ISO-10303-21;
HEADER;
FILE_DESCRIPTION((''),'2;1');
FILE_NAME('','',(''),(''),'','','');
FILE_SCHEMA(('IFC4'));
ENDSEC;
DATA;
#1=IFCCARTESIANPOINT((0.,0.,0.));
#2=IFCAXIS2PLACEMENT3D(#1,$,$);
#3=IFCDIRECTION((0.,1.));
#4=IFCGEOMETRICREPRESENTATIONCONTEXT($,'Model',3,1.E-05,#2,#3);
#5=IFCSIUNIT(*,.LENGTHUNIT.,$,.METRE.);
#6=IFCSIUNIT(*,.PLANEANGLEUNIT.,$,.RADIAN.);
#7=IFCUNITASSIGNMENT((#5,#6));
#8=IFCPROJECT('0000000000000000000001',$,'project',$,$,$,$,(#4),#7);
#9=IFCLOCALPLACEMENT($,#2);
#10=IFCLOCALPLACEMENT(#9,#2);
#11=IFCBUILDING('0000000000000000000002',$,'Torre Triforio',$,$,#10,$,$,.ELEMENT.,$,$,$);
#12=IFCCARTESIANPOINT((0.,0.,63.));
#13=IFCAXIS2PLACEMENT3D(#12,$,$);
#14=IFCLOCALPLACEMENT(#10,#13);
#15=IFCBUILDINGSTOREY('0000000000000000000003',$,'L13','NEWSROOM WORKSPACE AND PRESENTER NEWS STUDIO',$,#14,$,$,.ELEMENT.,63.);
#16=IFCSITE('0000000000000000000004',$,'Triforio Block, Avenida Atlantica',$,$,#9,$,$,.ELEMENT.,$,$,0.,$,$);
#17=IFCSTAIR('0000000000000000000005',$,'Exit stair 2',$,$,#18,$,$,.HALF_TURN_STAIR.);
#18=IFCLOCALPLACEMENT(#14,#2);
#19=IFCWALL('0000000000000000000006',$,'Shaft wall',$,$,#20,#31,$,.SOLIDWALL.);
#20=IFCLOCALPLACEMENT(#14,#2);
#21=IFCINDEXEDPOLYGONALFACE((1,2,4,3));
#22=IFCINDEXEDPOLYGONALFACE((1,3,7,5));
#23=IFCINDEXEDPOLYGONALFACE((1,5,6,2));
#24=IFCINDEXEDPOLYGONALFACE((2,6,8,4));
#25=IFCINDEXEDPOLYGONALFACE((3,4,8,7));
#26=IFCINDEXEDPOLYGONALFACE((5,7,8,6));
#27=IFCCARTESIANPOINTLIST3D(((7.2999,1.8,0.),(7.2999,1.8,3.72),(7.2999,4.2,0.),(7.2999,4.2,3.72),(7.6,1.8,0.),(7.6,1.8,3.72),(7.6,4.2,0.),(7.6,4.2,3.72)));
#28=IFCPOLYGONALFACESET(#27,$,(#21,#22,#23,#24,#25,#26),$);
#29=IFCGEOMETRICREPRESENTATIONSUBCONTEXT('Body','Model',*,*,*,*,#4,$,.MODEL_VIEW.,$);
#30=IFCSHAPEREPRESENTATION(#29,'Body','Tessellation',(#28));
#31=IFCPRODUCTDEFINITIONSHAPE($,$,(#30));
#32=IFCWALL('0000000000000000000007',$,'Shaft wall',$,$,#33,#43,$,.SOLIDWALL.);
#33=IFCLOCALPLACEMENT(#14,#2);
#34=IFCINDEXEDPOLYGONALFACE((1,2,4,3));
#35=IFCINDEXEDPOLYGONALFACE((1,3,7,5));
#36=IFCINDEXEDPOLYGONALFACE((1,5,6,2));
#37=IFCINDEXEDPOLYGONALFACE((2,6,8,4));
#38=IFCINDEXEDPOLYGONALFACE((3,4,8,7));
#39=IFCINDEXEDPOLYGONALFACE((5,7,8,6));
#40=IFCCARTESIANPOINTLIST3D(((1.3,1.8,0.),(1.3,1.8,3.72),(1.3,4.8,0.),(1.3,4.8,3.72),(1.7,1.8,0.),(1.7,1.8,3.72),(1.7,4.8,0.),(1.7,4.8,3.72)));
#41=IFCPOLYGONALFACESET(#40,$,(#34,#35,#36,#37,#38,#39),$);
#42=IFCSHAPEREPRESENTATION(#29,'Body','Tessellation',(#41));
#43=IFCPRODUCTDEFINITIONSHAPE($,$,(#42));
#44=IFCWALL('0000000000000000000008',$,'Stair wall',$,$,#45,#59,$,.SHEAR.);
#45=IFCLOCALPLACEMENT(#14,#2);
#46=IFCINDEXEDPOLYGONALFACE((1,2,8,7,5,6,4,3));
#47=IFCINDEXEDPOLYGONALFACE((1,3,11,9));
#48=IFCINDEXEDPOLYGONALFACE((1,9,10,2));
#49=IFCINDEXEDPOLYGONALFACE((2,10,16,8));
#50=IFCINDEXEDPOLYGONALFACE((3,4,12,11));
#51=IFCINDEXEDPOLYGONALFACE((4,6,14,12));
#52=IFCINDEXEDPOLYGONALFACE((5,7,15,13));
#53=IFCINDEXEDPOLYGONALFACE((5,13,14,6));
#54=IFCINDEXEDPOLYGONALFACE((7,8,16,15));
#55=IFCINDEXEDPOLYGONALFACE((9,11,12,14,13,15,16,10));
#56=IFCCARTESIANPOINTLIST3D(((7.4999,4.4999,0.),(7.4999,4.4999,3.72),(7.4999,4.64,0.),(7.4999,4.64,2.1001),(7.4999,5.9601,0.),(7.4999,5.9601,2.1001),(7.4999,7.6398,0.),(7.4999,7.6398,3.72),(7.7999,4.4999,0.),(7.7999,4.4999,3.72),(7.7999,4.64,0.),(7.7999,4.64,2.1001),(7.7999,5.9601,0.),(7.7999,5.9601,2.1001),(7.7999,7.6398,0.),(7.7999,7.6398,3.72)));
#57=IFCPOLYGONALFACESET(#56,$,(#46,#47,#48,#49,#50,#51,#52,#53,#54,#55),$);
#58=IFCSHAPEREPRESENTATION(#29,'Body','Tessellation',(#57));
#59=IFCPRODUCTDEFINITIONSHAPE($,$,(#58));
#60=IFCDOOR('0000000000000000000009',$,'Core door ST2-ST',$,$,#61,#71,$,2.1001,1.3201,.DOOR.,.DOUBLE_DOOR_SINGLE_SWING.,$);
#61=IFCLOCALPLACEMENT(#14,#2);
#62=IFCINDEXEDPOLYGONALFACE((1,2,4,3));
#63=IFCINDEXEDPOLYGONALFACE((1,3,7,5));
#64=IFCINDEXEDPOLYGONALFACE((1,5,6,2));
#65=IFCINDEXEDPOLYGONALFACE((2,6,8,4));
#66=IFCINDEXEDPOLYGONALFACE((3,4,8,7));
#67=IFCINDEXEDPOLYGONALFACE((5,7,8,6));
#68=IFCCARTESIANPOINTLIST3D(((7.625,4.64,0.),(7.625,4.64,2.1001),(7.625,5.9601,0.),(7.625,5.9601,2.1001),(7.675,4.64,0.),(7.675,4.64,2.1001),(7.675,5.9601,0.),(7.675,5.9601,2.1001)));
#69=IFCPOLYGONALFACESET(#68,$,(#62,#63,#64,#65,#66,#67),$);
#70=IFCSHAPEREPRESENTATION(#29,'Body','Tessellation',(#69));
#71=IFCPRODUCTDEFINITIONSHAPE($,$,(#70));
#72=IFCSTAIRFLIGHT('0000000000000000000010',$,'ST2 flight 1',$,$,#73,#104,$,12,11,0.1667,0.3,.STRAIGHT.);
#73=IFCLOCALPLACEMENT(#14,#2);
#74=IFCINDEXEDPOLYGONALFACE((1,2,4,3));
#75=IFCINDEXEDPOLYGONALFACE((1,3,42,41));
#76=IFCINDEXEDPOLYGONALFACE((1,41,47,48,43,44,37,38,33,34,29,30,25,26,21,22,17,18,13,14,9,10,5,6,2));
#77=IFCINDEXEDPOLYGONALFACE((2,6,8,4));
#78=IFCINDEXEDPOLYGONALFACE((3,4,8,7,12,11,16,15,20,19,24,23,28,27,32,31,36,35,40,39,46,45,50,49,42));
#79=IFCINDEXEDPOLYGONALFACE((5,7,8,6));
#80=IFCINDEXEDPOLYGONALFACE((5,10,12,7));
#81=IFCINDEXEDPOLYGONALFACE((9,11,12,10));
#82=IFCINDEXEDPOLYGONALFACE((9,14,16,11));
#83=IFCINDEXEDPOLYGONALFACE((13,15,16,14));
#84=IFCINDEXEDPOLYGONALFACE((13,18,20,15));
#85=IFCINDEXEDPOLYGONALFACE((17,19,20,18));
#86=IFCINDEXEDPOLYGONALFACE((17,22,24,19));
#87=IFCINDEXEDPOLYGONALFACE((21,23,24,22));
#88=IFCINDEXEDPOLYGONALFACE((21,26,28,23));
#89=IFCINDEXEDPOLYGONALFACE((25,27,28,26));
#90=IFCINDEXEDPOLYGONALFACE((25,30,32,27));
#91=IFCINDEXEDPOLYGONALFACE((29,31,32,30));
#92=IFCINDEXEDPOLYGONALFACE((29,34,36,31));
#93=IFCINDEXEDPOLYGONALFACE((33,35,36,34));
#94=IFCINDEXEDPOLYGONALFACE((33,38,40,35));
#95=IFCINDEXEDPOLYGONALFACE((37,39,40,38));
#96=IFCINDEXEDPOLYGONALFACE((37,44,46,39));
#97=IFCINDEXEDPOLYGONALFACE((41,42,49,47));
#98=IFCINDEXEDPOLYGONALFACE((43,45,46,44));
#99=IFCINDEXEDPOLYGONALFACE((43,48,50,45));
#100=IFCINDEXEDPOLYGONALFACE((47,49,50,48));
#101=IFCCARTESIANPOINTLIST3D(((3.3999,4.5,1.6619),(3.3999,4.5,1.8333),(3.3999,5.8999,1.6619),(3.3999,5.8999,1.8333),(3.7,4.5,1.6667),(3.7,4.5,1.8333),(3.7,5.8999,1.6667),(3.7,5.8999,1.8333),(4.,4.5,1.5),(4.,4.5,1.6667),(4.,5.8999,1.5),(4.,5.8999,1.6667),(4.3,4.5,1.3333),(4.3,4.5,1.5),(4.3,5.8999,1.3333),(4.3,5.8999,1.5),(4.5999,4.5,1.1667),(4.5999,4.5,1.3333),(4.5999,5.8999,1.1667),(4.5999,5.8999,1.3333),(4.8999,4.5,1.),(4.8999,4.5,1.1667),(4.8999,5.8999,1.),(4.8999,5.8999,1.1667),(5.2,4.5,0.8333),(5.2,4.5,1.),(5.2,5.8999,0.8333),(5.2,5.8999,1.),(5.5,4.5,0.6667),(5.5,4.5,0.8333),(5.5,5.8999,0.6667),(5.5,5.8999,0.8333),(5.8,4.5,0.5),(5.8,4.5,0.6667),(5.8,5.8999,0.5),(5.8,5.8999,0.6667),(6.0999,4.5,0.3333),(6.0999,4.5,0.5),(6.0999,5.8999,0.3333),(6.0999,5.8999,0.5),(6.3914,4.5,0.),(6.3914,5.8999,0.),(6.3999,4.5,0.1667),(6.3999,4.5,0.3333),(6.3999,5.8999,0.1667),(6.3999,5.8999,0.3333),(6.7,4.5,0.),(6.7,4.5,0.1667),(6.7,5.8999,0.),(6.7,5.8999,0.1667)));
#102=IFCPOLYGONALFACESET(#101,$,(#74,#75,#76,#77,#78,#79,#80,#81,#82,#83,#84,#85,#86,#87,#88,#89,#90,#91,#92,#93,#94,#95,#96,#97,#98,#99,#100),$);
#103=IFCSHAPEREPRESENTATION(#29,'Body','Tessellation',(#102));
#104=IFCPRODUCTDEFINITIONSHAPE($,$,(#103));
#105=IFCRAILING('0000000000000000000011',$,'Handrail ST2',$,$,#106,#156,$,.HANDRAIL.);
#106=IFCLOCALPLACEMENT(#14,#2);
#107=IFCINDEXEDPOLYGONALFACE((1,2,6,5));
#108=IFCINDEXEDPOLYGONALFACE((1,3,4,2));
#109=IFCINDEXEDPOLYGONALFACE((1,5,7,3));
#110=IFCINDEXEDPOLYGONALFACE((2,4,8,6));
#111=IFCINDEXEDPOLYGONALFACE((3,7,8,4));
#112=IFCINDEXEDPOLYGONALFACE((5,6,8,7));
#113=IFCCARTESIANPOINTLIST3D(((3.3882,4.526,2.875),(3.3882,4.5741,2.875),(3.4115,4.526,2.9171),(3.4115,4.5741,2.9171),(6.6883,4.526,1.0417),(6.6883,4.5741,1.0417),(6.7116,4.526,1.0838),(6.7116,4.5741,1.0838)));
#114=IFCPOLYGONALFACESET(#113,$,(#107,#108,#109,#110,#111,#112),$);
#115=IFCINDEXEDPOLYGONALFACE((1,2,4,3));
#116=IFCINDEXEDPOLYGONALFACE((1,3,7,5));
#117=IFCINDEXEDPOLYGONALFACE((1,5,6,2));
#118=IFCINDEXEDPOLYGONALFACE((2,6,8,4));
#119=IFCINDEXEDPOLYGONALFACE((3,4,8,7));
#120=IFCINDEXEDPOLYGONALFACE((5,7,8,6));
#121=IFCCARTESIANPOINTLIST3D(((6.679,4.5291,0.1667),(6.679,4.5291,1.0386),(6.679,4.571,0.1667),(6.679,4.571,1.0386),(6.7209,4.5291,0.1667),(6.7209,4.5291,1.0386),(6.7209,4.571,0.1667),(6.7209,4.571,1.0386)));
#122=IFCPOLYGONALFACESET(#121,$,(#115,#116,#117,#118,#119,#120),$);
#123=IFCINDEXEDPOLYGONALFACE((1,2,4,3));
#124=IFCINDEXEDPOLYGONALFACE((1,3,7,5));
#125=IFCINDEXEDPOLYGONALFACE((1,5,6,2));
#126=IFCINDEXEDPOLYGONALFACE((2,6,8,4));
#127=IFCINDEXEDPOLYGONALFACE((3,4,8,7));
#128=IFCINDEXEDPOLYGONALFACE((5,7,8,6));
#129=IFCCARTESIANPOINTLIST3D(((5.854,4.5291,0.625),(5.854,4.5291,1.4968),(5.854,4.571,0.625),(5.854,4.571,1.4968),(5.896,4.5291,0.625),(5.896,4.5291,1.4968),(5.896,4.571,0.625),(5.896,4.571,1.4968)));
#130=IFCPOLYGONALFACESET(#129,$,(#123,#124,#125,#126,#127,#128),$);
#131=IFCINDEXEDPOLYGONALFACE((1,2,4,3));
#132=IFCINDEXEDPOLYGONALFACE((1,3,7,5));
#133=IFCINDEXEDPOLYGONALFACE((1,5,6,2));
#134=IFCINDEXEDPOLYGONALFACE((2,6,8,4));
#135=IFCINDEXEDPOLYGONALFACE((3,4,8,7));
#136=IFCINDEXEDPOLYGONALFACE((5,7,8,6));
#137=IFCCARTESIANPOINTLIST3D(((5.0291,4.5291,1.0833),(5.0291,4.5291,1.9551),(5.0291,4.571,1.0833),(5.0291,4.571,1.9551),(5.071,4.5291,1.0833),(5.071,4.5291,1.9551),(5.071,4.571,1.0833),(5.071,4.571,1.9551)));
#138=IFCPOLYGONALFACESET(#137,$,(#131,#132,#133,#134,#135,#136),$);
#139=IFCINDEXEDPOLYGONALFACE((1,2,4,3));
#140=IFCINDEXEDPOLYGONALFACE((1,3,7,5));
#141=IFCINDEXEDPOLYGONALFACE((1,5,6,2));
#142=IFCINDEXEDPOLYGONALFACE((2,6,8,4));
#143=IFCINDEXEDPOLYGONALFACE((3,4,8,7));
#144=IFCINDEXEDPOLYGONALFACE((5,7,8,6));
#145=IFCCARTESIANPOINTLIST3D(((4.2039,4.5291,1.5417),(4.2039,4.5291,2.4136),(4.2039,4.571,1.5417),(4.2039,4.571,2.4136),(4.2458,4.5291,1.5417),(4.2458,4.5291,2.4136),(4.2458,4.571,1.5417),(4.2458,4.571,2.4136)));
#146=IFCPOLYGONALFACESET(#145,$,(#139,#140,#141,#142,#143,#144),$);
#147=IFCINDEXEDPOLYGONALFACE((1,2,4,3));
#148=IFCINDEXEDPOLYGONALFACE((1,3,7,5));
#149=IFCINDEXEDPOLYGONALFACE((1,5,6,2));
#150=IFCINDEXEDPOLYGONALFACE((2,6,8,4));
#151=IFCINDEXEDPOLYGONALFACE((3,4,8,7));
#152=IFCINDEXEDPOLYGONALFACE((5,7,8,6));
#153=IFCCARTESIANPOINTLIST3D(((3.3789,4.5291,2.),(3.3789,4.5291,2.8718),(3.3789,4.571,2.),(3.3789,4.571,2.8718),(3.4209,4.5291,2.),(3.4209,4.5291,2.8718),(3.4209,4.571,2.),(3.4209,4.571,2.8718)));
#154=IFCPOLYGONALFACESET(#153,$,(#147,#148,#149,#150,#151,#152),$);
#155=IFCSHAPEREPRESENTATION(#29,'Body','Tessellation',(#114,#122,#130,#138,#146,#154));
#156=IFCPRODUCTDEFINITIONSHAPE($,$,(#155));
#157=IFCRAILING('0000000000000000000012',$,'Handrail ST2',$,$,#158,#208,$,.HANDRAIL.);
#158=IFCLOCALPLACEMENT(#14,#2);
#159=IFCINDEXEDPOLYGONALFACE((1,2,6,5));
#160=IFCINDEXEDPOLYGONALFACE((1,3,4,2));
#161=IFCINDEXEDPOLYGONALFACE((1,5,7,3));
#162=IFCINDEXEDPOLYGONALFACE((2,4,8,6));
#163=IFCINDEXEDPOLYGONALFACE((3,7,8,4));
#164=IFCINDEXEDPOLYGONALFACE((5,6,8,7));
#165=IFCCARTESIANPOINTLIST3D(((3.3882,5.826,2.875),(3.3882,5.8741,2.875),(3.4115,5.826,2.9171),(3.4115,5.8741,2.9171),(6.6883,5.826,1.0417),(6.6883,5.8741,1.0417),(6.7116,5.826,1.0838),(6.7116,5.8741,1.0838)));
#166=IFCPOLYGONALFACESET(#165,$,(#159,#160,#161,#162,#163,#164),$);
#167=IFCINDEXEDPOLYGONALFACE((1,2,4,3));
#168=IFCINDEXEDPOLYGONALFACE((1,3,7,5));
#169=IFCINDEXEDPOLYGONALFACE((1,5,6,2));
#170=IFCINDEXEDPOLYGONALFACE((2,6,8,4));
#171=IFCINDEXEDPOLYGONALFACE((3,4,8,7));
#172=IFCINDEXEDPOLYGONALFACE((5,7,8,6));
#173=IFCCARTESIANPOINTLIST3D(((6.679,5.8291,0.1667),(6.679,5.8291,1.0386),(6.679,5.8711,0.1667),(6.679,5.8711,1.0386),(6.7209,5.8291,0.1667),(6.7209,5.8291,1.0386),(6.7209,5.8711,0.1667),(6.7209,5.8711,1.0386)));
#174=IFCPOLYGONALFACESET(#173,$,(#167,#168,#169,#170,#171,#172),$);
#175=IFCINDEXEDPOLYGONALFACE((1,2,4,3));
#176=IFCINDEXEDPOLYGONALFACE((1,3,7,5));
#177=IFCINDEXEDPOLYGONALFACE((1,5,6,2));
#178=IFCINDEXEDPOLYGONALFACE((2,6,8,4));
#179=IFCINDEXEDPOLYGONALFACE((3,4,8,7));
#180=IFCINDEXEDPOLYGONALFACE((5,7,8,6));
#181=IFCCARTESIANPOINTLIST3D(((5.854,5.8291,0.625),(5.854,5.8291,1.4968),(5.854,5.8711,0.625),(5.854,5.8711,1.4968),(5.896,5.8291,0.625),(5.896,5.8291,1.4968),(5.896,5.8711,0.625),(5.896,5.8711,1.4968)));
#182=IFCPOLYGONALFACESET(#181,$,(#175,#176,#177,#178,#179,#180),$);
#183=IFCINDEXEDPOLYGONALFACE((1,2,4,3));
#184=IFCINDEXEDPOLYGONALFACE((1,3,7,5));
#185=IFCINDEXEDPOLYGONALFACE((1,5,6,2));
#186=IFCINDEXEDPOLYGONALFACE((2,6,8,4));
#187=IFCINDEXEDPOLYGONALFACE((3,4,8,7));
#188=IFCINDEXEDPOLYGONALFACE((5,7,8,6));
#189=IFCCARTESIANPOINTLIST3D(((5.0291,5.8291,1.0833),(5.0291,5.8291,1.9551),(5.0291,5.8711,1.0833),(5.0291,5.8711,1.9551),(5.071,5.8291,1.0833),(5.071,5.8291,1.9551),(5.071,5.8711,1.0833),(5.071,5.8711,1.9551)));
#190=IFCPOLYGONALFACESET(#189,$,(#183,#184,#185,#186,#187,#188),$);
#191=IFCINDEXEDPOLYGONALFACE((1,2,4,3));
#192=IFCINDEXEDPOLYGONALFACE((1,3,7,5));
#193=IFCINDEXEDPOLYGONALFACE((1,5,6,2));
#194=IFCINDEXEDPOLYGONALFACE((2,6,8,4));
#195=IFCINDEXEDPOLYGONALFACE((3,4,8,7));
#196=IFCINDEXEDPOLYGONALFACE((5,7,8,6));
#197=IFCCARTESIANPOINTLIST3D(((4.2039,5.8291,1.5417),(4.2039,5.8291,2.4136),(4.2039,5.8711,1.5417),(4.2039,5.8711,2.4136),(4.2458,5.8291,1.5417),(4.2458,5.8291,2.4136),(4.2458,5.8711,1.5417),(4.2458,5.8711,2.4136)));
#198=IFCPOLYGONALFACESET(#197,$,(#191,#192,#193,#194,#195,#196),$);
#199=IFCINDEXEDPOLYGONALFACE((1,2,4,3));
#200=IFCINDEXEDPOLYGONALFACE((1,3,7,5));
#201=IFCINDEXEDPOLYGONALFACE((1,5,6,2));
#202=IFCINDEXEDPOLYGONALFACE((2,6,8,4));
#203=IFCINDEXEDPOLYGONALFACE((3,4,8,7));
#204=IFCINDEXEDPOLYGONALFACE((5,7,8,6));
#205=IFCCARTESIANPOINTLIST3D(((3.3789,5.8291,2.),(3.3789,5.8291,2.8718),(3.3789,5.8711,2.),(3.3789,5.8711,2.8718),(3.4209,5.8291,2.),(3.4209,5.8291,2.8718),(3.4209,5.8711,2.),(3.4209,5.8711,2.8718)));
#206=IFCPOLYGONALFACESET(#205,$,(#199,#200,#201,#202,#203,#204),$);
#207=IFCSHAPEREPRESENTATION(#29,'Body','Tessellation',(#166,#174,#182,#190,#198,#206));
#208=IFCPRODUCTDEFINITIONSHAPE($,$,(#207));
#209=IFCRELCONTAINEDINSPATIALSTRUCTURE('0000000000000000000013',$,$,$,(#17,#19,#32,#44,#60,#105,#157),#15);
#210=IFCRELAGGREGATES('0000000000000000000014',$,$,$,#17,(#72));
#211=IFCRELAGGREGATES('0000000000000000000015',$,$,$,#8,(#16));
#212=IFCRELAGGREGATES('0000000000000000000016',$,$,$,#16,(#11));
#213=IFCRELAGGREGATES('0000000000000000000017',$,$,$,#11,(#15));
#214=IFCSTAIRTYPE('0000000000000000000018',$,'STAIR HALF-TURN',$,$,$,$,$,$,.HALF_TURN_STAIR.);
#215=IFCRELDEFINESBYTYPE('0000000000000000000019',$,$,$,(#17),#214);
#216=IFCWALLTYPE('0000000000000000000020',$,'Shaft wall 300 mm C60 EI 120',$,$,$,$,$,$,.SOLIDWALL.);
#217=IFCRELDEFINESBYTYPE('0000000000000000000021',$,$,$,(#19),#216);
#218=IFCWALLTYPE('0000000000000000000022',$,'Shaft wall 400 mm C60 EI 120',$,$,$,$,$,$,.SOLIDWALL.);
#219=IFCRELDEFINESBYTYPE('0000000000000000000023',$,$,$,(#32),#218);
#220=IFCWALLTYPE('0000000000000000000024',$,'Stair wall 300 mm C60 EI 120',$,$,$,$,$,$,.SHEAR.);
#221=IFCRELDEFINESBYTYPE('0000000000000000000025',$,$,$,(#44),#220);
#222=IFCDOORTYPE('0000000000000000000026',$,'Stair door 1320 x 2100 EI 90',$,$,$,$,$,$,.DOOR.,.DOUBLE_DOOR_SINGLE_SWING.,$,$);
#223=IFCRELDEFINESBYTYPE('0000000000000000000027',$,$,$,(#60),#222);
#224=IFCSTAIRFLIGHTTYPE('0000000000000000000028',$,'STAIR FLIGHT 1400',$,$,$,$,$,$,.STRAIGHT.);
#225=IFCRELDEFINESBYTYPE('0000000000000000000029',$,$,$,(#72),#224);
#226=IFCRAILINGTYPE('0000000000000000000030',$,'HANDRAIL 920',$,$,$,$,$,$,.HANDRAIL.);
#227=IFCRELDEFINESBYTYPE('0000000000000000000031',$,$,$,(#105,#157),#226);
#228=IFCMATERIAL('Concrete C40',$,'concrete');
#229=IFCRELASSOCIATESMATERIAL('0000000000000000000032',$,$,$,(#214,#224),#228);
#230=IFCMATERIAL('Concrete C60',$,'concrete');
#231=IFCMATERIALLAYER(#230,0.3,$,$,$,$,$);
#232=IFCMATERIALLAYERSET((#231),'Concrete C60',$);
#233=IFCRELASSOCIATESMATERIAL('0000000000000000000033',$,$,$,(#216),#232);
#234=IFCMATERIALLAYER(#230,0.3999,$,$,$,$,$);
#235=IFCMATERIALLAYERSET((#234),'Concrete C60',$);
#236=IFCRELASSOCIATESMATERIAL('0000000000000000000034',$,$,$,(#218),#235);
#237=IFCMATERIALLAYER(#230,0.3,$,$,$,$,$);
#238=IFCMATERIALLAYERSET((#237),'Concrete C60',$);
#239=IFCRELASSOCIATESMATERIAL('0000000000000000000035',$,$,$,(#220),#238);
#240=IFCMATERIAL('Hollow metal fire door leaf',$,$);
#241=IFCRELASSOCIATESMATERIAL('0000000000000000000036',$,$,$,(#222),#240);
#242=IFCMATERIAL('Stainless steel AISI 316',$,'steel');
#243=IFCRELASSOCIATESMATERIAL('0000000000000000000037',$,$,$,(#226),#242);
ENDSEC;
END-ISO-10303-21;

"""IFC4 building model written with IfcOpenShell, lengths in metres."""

from ifc_helpers import new_model, si_unit, direction, frame, frame_2d, origin, origin_2d, place, context, subcontext, project, spatial, polyline, rectangle, outline, extrude, material, layer, layer_set, type_object, element, fill, aggregate, save


model = new_model("IFC4")

# Units and contexts
model_context = context("Model", 3, precision=1e-05, world=origin(), true_north=direction((0.0, 1.0)))
body_context = subcontext(model_context, "Body", "Model", "MODEL_VIEW")
ifc_project = project(units=[si_unit("LENGTHUNIT", "METRE"), si_unit("PLANEANGLEUNIT", "RADIAN")], contexts=[model_context])

# Site, building, storey
site_placement = place(None, origin())
site = spatial("IfcSite", under=ifc_project, at=site_placement, Name="Triforio Block, Avenida Atlantica", CompositionType="ELEMENT", RefElevation=0.0)
building_placement = place(site_placement, origin())
building = spatial("IfcBuilding", under=site, at=building_placement, Name="Torre Triforio", CompositionType="ELEMENT")
storey_placement = place(building_placement, frame((0.0, 0.0, 63.0)))
storey = spatial("IfcBuildingStorey", under=building, at=storey_placement, Name="L13", Description="NEWSROOM WORKSPACE AND PRESENTER NEWS STUDIO", CompositionType="ELEMENT", Elevation=63.0)

# Shared definitions
ifc_material_1 = material(Name="Concrete C60", Category="concrete")

# Stair
ifc_material_2 = material(Name="Concrete C40", Category="concrete")
stair_type = type_object("IfcStairType", Name="STAIR HALF-TURN", PredefinedType="HALF_TURN_STAIR", material=ifc_material_2)
stair_1_placement = place(storey_placement, origin())
stair_1 = element("IfcStair", 1, at=stair_1_placement, inside=storey, type_object=stair_type, Name="Exit stair 2", PredefinedType="HALF_TURN_STAIR")

# Walls
ifc_layer_1 = layer(ifc_material_1, 0.3)
ifc_layer_set_1 = layer_set([ifc_layer_1], Name="Concrete C60")
wall_type_1 = type_object("IfcWallType", Name="Shaft wall 300 mm C60 EI 120", PredefinedType="SOLIDWALL", material=ifc_layer_set_1)
for number, where, z_axis, x_axis, name in (
    (2, (7.45, 1.8, 0.0), (0.0, 0.0, 1.0), (0.0, 1.0, 0.0), "Shaft wall"),
):
    element("IfcWall", number, at=place(storey_placement, frame(where, z_axis=z_axis, x_axis=x_axis)), inside=storey, type_object=wall_type_1, Name=name, PredefinedType="SOLIDWALL", context=body_context, shape_type="SweptSolid", body=[
        extrude(rectangle(XDim=2.3999, YDim=0.3, at=frame_2d((1.2, 0.0))), origin(), (0.0, 0.0, 1.0), 3.72),
    ])
ifc_layer_2 = layer(ifc_material_1, 0.3999)
ifc_layer_set_2 = layer_set([ifc_layer_2], Name="Concrete C60")
wall_type_2 = type_object("IfcWallType", Name="Shaft wall 400 mm C60 EI 120", PredefinedType="SOLIDWALL", material=ifc_layer_set_2)
wall_1_placement = place(storey_placement, frame((1.5, 1.8, 0.0), z_axis=(0.0, 0.0, 1.0), x_axis=(0.0, 1.0, 0.0)))
element("IfcWall", 3, at=wall_1_placement, inside=storey, type_object=wall_type_2, Name="Shaft wall", PredefinedType="SOLIDWALL", context=body_context, shape_type="SweptSolid", body=[
    extrude(rectangle(XDim=3.0, YDim=0.3999, at=frame_2d((1.5, 0.0))), origin(), (0.0, 0.0, 1.0), 3.72),
])

# Wall, opening, door
ifc_layer_3 = layer(ifc_material_1, 0.3)
ifc_layer_set_3 = layer_set([ifc_layer_3], Name="Concrete C60")
wall_type_3 = type_object("IfcWallType", Name="Stair wall 300 mm C60 EI 120", PredefinedType="SHEAR", material=ifc_layer_set_3)
wall_2_placement = place(storey_placement, frame((7.6499, 4.5, 0.0), z_axis=(0.0, 0.0, 1.0), x_axis=(0.0, 1.0, 0.0)))
wall_2 = element("IfcWall", 4, at=wall_2_placement, inside=storey, type_object=wall_type_3, Name="Stair wall", PredefinedType="SHEAR", context=body_context, shape_type="SweptSolid", body=[
    extrude(rectangle(XDim=3.1399, YDim=0.3, at=frame_2d((1.5698, 0.0))), origin(), (0.0, 0.0, 1.0), 3.72),
])
opening_placement = place(wall_2_placement, frame((0.1399, 0.0, 0.0)))
opening = element("IfcOpeningElement", 5, at=opening_placement, cuts=wall_2, PredefinedType="OPENING", context=body_context, shape_type="SweptSolid", body=[
    extrude(rectangle(XDim=1.3201, YDim=2.1001, at=frame_2d((0.6602, 1.05))), frame((0.0, 0.1599, 0.0), z_axis=(0.0, -1.0, 0.0), x_axis=(1.0, 0.0, 0.0)), (0.0, 0.0, 1.0), 0.3201),
])
ifc_material_3 = material(Name="Hollow metal fire door leaf")
door_type = type_object("IfcDoorType", Name="Stair door 1320 x 2100 EI 90", OperationType="DOUBLE_DOOR_SINGLE_SWING", PredefinedType="DOOR", material=ifc_material_3)
door_placement = place(opening_placement, origin())
door = element("IfcDoor", 6, at=door_placement, inside=storey, type_object=door_type, Name="Core door ST2-ST", OperationType="DOUBLE_DOOR_SINGLE_SWING", OverallHeight=2.1001, OverallWidth=1.3201, PredefinedType="DOOR", context=body_context, shape_type="SweptSolid", body=[
    extrude(rectangle(XDim=1.3201, YDim=2.1001, at=frame_2d((0.6602, 1.05))), frame((0.0, 0.0249, 0.0), z_axis=(0.0, -1.0, 0.0), x_axis=(1.0, 0.0, 0.0)), (0.0, 0.0, 1.0), 0.05),
])
fill(opening, door)

# Stair flight
stair_flight_type = type_object("IfcStairFlightType", Name="STAIR FLIGHT 1400", PredefinedType="STRAIGHT", material=ifc_material_2)
stair_flight_placement = place(storey_placement, frame((6.7, 5.2, 0.0), z_axis=(0.0, 0.0, 1.0), x_axis=(-1.0, 0.0, 0.0)))
stair_flight = element("IfcStairFlight", 7, at=stair_flight_placement, type_object=stair_flight_type, Name="ST2 flight 1", NumberOfRisers=12, NumberOfTreads=11, PredefinedType="STRAIGHT", RiserHeight=0.1667, TreadLength=0.3, context=body_context, shape_type="SweptSolid", body=[
    extrude(outline(polyline([(0.0, 0.0), (0.0, 0.1667), (0.3, 0.1667), (0.3, 0.3333), (0.6001, 0.3333), (0.6001, 0.5), (0.8999, 0.5), (0.8999, 0.6667), (1.2, 0.6667), (1.2, 0.8333), (1.5, 0.8333), (1.5, 1.0), (1.8, 1.0), (1.8, 1.1667), (2.1001, 1.1667), (2.1001, 1.3333), (2.3999, 1.3333), (2.3999, 1.5), (2.7, 1.5), (2.7, 1.6667), (3.0, 1.6667), (3.0, 1.8333), (3.3, 1.8333), (3.3, 2.0), (3.3, 1.6619), (0.3086, 0.0), (0.0, 0.0)])), frame((0.0, 0.7, 0.0), z_axis=(0.0, -1.0, 0.0), x_axis=(1.0, 0.0, 0.0)), (0.0, 0.0, 1.0), 1.3999),
])
aggregate(stair_1, [stair_flight])

# Railings
ifc_material_4 = material(Name="Stainless steel AISI 316", Category="steel")
railing_type = type_object("IfcRailingType", Name="HANDRAIL 920", PredefinedType="HANDRAIL", material=ifc_material_4)
for number, where, name in (
    (8, (6.7, 4.55, 0.1667), "Handrail ST2"),
    (9, (6.7, 5.8501, 0.1667), "Handrail ST2"),
):
    element("IfcRailing", number, at=place(storey_placement, frame(where)), inside=storey, type_object=railing_type, Name=name, PredefinedType="HANDRAIL", context=body_context, shape_type="SweptSolid", body=[
        extrude(rectangle(XDim=0.0481, YDim=0.0481, at=origin_2d()), frame((0.0, 0.0, 0.896), z_axis=(-0.874169, 0.0, 0.485621), x_axis=(0.0, -1.0, 0.0)), (0.0, 0.0, 1.0), 3.7751),
        extrude(rectangle(XDim=0.042, YDim=0.042, at=origin_2d()), origin(), (0.0, 0.0, 1.0), 0.8718),
        extrude(rectangle(XDim=0.042, YDim=0.042, at=origin_2d()), frame((-0.825, 0.0, 0.4583)), (0.0, 0.0, 1.0), 0.8718),
        extrude(rectangle(XDim=0.042, YDim=0.042, at=origin_2d()), frame((-1.6499, 0.0, 0.9165)), (0.0, 0.0, 1.0), 0.8718),
        extrude(rectangle(XDim=0.042, YDim=0.042, at=origin_2d()), frame((-2.4751, 0.0, 1.375)), (0.0, 0.0, 1.0), 0.8718),
        extrude(rectangle(XDim=0.042, YDim=0.042, at=origin_2d()), frame((-3.3, 0.0, 1.8333)), (0.0, 0.0, 1.0), 0.8718),
    ])

save(model, "model.ifc")
